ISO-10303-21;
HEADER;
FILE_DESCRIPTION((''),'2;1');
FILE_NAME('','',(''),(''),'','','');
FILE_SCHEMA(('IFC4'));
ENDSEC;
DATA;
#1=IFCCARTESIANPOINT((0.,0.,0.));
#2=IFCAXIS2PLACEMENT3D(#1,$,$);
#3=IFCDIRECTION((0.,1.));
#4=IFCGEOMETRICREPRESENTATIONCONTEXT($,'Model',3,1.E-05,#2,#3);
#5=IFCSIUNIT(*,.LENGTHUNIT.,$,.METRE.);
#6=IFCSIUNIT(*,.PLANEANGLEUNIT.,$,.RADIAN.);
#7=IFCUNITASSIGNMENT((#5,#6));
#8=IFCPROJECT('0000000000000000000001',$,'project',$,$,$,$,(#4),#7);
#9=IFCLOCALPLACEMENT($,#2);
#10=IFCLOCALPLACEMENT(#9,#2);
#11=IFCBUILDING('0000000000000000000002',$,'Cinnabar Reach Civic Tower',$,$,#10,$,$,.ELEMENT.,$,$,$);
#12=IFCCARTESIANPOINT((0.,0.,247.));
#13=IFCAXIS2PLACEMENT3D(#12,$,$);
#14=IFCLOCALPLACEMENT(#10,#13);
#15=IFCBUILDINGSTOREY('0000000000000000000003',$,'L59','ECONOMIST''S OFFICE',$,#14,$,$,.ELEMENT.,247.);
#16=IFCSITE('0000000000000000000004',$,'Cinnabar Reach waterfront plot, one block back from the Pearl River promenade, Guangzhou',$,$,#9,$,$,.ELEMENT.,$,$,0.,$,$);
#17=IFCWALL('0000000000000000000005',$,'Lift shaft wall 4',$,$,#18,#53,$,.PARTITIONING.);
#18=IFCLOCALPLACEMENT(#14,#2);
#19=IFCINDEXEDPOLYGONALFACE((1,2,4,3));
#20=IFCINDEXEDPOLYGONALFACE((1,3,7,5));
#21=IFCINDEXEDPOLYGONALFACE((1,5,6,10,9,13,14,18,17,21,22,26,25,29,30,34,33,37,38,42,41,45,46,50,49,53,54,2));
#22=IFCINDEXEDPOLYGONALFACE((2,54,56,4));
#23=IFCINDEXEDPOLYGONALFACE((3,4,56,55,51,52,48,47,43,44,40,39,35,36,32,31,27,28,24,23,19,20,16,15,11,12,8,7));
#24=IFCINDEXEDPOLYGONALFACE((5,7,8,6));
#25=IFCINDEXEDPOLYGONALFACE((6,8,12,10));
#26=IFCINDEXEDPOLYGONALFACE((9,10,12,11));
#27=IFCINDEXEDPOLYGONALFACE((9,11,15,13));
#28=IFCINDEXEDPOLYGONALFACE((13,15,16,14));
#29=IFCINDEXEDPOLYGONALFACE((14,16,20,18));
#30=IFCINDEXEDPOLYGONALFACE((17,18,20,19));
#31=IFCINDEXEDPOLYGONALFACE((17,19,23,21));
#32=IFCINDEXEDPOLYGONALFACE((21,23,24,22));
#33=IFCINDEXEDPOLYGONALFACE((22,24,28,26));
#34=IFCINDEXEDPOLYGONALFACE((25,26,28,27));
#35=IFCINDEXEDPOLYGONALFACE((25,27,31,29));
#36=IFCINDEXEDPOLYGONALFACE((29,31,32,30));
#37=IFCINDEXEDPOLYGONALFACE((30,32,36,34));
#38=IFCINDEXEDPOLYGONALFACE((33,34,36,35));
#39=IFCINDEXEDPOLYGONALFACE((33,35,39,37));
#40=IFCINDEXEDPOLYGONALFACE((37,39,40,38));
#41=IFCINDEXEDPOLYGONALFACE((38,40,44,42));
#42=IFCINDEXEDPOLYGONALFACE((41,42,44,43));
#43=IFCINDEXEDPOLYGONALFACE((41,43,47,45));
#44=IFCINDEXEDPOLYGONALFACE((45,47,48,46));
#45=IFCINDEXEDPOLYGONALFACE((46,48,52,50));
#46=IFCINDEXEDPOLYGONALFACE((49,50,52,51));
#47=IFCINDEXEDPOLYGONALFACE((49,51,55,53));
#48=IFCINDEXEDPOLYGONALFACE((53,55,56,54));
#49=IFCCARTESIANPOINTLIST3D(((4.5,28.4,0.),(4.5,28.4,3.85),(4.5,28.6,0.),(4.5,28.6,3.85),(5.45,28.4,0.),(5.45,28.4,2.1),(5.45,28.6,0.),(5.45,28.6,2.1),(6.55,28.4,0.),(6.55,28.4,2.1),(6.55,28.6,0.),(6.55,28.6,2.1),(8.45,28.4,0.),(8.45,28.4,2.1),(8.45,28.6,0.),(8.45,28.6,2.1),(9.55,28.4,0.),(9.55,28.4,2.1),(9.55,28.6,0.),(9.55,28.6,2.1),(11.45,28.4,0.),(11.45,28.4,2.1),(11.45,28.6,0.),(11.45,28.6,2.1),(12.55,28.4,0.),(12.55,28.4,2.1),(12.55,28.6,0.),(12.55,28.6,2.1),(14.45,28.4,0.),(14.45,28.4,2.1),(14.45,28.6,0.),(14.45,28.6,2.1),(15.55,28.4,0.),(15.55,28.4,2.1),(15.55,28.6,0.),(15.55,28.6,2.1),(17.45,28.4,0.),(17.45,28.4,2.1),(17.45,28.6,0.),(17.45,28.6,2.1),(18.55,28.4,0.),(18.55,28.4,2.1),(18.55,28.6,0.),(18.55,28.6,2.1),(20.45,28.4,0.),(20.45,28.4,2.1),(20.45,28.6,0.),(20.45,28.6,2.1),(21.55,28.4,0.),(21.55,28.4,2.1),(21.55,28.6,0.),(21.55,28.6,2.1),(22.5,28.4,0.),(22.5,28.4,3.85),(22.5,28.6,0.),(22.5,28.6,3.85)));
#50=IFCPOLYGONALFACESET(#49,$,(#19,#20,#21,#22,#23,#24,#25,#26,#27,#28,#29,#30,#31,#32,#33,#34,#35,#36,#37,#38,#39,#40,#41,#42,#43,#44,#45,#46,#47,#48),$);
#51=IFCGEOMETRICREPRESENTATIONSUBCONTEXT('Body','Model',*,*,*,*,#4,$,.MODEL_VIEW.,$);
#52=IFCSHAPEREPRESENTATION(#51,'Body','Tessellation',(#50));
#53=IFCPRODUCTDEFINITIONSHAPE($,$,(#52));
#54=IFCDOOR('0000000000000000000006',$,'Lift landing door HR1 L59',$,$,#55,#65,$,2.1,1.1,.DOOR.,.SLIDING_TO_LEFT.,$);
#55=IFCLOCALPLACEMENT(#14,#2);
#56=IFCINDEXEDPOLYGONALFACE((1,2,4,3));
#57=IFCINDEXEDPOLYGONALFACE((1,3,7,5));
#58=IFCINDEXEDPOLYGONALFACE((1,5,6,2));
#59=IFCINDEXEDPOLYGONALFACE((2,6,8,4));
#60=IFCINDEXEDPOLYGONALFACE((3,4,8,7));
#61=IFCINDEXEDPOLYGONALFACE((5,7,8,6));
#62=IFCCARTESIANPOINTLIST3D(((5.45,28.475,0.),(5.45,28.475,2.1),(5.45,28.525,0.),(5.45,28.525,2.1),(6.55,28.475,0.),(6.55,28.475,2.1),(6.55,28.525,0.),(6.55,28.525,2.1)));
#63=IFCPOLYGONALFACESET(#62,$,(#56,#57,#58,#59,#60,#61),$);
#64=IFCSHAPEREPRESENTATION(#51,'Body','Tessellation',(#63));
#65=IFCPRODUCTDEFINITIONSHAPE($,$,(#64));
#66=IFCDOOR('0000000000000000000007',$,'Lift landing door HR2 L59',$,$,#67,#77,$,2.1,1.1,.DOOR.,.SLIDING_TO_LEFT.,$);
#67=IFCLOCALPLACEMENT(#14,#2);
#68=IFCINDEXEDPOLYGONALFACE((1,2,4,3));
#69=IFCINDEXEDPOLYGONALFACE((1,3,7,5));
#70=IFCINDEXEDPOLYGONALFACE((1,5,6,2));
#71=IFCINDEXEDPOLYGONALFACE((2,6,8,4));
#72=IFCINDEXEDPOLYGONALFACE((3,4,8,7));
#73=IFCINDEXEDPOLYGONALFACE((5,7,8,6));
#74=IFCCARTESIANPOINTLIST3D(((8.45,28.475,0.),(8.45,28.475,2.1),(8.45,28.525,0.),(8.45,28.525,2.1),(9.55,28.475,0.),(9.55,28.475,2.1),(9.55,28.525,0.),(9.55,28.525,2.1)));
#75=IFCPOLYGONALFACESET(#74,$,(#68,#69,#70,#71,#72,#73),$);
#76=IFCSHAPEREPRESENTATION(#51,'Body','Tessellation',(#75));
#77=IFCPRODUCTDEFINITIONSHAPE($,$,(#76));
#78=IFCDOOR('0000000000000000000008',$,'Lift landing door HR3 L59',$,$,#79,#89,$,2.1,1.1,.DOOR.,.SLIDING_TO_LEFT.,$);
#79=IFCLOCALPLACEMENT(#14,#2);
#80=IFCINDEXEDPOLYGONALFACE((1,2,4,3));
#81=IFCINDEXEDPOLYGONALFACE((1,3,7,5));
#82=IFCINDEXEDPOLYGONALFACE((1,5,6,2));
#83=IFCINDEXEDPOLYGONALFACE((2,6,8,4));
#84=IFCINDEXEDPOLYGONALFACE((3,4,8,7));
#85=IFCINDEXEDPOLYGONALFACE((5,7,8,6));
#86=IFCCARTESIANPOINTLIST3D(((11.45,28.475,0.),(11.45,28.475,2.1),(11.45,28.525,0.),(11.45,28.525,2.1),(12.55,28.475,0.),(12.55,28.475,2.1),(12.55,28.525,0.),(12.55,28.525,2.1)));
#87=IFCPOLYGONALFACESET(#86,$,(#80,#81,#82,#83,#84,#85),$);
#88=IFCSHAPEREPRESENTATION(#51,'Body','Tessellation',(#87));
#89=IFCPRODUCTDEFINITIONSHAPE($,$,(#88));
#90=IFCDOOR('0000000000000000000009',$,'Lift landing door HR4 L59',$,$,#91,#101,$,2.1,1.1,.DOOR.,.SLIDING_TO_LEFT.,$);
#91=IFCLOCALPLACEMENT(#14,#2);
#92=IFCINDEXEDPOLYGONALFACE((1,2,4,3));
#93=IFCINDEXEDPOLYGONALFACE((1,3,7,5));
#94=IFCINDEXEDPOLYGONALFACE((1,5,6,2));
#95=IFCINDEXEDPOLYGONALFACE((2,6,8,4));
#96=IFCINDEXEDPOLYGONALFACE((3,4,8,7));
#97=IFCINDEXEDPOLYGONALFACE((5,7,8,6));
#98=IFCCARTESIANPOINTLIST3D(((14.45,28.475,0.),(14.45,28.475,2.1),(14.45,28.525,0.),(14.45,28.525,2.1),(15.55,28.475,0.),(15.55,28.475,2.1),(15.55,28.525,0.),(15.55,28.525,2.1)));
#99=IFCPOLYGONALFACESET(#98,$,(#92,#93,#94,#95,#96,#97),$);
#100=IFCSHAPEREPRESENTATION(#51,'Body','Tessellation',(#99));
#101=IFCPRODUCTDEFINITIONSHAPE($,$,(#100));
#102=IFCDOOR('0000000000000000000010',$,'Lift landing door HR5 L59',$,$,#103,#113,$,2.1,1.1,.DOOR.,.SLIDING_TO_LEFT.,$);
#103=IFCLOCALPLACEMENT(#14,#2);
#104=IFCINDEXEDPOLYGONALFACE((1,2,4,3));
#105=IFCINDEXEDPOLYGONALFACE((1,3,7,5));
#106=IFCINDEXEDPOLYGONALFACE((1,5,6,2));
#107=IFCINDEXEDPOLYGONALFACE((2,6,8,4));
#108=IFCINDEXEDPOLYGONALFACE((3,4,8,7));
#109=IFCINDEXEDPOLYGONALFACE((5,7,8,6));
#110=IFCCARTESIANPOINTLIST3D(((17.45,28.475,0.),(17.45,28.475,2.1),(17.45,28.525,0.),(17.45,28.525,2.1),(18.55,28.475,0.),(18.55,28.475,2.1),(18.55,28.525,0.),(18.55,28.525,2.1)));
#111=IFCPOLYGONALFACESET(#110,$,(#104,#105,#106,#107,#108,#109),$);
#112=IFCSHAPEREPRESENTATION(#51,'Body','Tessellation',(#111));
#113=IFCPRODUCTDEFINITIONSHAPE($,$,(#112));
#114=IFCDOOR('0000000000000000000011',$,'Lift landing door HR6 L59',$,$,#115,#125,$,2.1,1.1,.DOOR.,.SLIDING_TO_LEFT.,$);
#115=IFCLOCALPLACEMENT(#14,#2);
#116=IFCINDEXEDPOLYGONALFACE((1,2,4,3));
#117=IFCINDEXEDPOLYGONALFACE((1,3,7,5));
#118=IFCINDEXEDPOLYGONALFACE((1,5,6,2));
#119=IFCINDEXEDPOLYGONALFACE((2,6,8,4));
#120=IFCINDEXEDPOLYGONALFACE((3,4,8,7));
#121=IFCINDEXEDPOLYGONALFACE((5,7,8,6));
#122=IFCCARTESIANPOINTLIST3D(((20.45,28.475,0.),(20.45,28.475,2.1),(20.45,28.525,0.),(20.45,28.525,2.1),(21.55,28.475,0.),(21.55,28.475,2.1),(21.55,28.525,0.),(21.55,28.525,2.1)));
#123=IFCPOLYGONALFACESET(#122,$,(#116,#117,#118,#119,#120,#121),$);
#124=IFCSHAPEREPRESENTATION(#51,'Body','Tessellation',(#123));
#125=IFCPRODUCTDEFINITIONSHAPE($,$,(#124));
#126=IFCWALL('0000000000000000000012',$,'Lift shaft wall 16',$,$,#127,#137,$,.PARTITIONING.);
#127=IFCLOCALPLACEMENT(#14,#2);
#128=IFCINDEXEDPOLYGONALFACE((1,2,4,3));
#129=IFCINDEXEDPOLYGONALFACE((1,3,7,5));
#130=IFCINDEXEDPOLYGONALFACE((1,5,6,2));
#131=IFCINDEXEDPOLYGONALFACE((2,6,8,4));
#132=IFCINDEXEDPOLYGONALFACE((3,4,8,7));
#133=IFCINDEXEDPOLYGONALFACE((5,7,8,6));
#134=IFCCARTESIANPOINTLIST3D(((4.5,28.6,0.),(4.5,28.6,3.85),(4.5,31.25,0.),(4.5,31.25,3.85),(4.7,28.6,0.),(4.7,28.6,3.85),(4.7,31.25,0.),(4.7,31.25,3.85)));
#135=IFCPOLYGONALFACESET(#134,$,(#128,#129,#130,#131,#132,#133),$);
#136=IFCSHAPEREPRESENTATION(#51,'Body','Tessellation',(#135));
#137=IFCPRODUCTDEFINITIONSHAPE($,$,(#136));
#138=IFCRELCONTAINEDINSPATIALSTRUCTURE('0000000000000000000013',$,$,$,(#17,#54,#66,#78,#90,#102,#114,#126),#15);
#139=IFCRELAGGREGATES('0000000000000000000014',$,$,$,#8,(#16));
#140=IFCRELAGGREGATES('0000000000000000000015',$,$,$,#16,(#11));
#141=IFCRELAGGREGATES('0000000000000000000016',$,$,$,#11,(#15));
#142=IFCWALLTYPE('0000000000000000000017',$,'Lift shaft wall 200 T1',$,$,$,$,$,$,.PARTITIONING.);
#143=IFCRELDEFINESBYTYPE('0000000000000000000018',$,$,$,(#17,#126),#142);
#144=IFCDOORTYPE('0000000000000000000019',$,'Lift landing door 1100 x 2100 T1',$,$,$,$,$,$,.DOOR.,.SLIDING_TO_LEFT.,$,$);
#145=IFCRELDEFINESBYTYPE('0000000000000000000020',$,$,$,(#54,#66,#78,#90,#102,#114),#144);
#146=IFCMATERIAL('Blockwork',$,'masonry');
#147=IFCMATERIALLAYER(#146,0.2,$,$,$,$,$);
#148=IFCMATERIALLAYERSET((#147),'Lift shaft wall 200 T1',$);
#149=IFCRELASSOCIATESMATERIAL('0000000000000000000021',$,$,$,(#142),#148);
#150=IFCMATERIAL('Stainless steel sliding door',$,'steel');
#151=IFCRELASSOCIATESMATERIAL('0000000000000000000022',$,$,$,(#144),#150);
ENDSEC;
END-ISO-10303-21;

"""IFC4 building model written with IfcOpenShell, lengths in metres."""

from ifc_helpers import new_model, si_unit, direction, frame, frame_2d, origin, place, context, subcontext, project, spatial, rectangle, extrude, material, layer, layer_set, type_object, element, fill, save


model = new_model("IFC4")

# Units and contexts
model_context = context("Model", 3, precision=1e-05, world=origin(), true_north=direction((0.0, 1.0)))
body_context = subcontext(model_context, "Body", "Model", "MODEL_VIEW")
ifc_project = project(units=[si_unit("LENGTHUNIT", "METRE"), si_unit("PLANEANGLEUNIT", "RADIAN")], contexts=[model_context])

# Site, building, storey
site_placement = place(None, origin())
site = spatial("IfcSite", under=ifc_project, at=site_placement, Name="Cinnabar Reach waterfront plot, one block back from the Pearl River promenade, Guangzhou", CompositionType="ELEMENT", RefElevation=0.0)
building_placement = place(site_placement, origin())
building = spatial("IfcBuilding", under=site, at=building_placement, Name="Cinnabar Reach Civic Tower", CompositionType="ELEMENT")
storey_placement = place(building_placement, frame((0.0, 0.0, 247.0)))
storey = spatial("IfcBuildingStorey", under=building, at=storey_placement, Name="L59", Description="ECONOMIST'S OFFICE", CompositionType="ELEMENT", Elevation=247.0)

# Wall, openings, doors
ifc_material_1 = material(Name="Blockwork", Category="masonry")
ifc_layer_1 = layer(ifc_material_1, 0.2)
ifc_layer_set_1 = layer_set([ifc_layer_1], Name="Lift shaft wall 200 T1")
wall_type_1 = type_object("IfcWallType", Name="Lift shaft wall 200 T1", PredefinedType="PARTITIONING", material=ifc_layer_set_1)
wall_1_placement = place(storey_placement, frame((4.5, 28.5, 0.0), z_axis=(0.0, 0.0, 1.0), x_axis=(1.0, 0.0, 0.0)))
wall_1 = element("IfcWall", 1, at=wall_1_placement, inside=storey, type_object=wall_type_1, Name="Lift shaft wall 4", PredefinedType="PARTITIONING", context=body_context, shape_type="SweptSolid", body=[
    extrude(rectangle(XDim=18.0, YDim=0.2, at=frame_2d((9.0, 0.0))), origin(), (0.0, 0.0, 1.0), 3.85),
])
opening_1_placement = place(wall_1_placement, frame((0.95, 0.0, 0.0)))
opening_1 = element("IfcOpeningElement", 2, at=opening_1_placement, cuts=wall_1, PredefinedType="OPENING", context=body_context, shape_type="SweptSolid", body=[
    extrude(rectangle(XDim=1.1, YDim=2.1, at=frame_2d((0.55, 1.05))), frame((0.0, 0.11, 0.0), z_axis=(0.0, -1.0, 0.0), x_axis=(1.0, 0.0, 0.0)), (0.0, 0.0, 1.0), 0.22),
])
opening_2_placement = place(wall_1_placement, frame((3.95, 0.0, 0.0)))
opening_2 = element("IfcOpeningElement", 3, at=opening_2_placement, cuts=wall_1, PredefinedType="OPENING", context=body_context, shape_type="SweptSolid", body=[
    extrude(rectangle(XDim=1.1, YDim=2.1, at=frame_2d((0.55, 1.05))), frame((0.0, 0.11, 0.0), z_axis=(0.0, -1.0, 0.0), x_axis=(1.0, 0.0, 0.0)), (0.0, 0.0, 1.0), 0.22),
])
opening_3_placement = place(wall_1_placement, frame((6.95, 0.0, 0.0)))
opening_3 = element("IfcOpeningElement", 4, at=opening_3_placement, cuts=wall_1, PredefinedType="OPENING", context=body_context, shape_type="SweptSolid", body=[
    extrude(rectangle(XDim=1.1, YDim=2.1, at=frame_2d((0.55, 1.05))), frame((0.0, 0.11, 0.0), z_axis=(0.0, -1.0, 0.0), x_axis=(1.0, 0.0, 0.0)), (0.0, 0.0, 1.0), 0.22),
])
opening_4_placement = place(wall_1_placement, frame((9.95, 0.0, 0.0)))
opening_4 = element("IfcOpeningElement", 5, at=opening_4_placement, cuts=wall_1, PredefinedType="OPENING", context=body_context, shape_type="SweptSolid", body=[
    extrude(rectangle(XDim=1.1, YDim=2.1, at=frame_2d((0.55, 1.05))), frame((0.0, 0.11, 0.0), z_axis=(0.0, -1.0, 0.0), x_axis=(1.0, 0.0, 0.0)), (0.0, 0.0, 1.0), 0.22),
])
opening_5_placement = place(wall_1_placement, frame((12.95, 0.0, 0.0)))
opening_5 = element("IfcOpeningElement", 6, at=opening_5_placement, cuts=wall_1, PredefinedType="OPENING", context=body_context, shape_type="SweptSolid", body=[
    extrude(rectangle(XDim=1.1, YDim=2.1, at=frame_2d((0.55, 1.05))), frame((0.0, 0.11, 0.0), z_axis=(0.0, -1.0, 0.0), x_axis=(1.0, 0.0, 0.0)), (0.0, 0.0, 1.0), 0.22),
])
opening_6_placement = place(wall_1_placement, frame((15.95, 0.0, 0.0)))
opening_6 = element("IfcOpeningElement", 7, at=opening_6_placement, cuts=wall_1, PredefinedType="OPENING", context=body_context, shape_type="SweptSolid", body=[
    extrude(rectangle(XDim=1.1, YDim=2.1, at=frame_2d((0.55, 1.05))), frame((0.0, 0.11, 0.0), z_axis=(0.0, -1.0, 0.0), x_axis=(1.0, 0.0, 0.0)), (0.0, 0.0, 1.0), 0.22),
])
ifc_material_2 = material(Name="Stainless steel sliding door", Category="steel")
door_type_1 = type_object("IfcDoorType", Name="Lift landing door 1100 x 2100 T1", OperationType="SLIDING_TO_LEFT", PredefinedType="DOOR", material=ifc_material_2)
door_1_placement = place(opening_1_placement, origin())
door_1 = element("IfcDoor", 8, at=door_1_placement, inside=storey, type_object=door_type_1, Name="Lift landing door HR1 L59", OperationType="SLIDING_TO_LEFT", OverallHeight=2.1, OverallWidth=1.1, PredefinedType="DOOR", context=body_context, shape_type="SweptSolid", body=[
    extrude(rectangle(XDim=1.1, YDim=2.1, at=frame_2d((0.55, 1.05))), frame((0.0, 0.025, 0.0), z_axis=(0.0, -1.0, 0.0), x_axis=(1.0, 0.0, 0.0)), (0.0, 0.0, 1.0), 0.05),
])
fill(opening_1, door_1)
door_2_placement = place(opening_2_placement, origin())
door_2 = element("IfcDoor", 9, at=door_2_placement, inside=storey, type_object=door_type_1, Name="Lift landing door HR2 L59", OperationType="SLIDING_TO_LEFT", OverallHeight=2.1, OverallWidth=1.1, PredefinedType="DOOR", context=body_context, shape_type="SweptSolid", body=[
    extrude(rectangle(XDim=1.1, YDim=2.1, at=frame_2d((0.55, 1.05))), frame((0.0, 0.025, 0.0), z_axis=(0.0, -1.0, 0.0), x_axis=(1.0, 0.0, 0.0)), (0.0, 0.0, 1.0), 0.05),
])
fill(opening_2, door_2)
door_3_placement = place(opening_3_placement, origin())
door_3 = element("IfcDoor", 10, at=door_3_placement, inside=storey, type_object=door_type_1, Name="Lift landing door HR3 L59", OperationType="SLIDING_TO_LEFT", OverallHeight=2.1, OverallWidth=1.1, PredefinedType="DOOR", context=body_context, shape_type="SweptSolid", body=[
    extrude(rectangle(XDim=1.1, YDim=2.1, at=frame_2d((0.55, 1.05))), frame((0.0, 0.025, 0.0), z_axis=(0.0, -1.0, 0.0), x_axis=(1.0, 0.0, 0.0)), (0.0, 0.0, 1.0), 0.05),
])
fill(opening_3, door_3)
door_4_placement = place(opening_4_placement, origin())
door_4 = element("IfcDoor", 11, at=door_4_placement, inside=storey, type_object=door_type_1, Name="Lift landing door HR4 L59", OperationType="SLIDING_TO_LEFT", OverallHeight=2.1, OverallWidth=1.1, PredefinedType="DOOR", context=body_context, shape_type="SweptSolid", body=[
    extrude(rectangle(XDim=1.1, YDim=2.1, at=frame_2d((0.55, 1.05))), frame((0.0, 0.025, 0.0), z_axis=(0.0, -1.0, 0.0), x_axis=(1.0, 0.0, 0.0)), (0.0, 0.0, 1.0), 0.05),
])
fill(opening_4, door_4)
door_5_placement = place(opening_5_placement, origin())
door_5 = element("IfcDoor", 12, at=door_5_placement, inside=storey, type_object=door_type_1, Name="Lift landing door HR5 L59", OperationType="SLIDING_TO_LEFT", OverallHeight=2.1, OverallWidth=1.1, PredefinedType="DOOR", context=body_context, shape_type="SweptSolid", body=[
    extrude(rectangle(XDim=1.1, YDim=2.1, at=frame_2d((0.55, 1.05))), frame((0.0, 0.025, 0.0), z_axis=(0.0, -1.0, 0.0), x_axis=(1.0, 0.0, 0.0)), (0.0, 0.0, 1.0), 0.05),
])
fill(opening_5, door_5)
door_6_placement = place(opening_6_placement, origin())
door_6 = element("IfcDoor", 13, at=door_6_placement, inside=storey, type_object=door_type_1, Name="Lift landing door HR6 L59", OperationType="SLIDING_TO_LEFT", OverallHeight=2.1, OverallWidth=1.1, PredefinedType="DOOR", context=body_context, shape_type="SweptSolid", body=[
    extrude(rectangle(XDim=1.1, YDim=2.1, at=frame_2d((0.55, 1.05))), frame((0.0, 0.025, 0.0), z_axis=(0.0, -1.0, 0.0), x_axis=(1.0, 0.0, 0.0)), (0.0, 0.0, 1.0), 0.05),
])
fill(opening_6, door_6)

# Wall
wall_2_placement = place(storey_placement, frame((4.6, 28.6, 0.0), z_axis=(0.0, 0.0, 1.0), x_axis=(0.0, 1.0, 0.0)))
element("IfcWall", 14, at=wall_2_placement, inside=storey, type_object=wall_type_1, Name="Lift shaft wall 16", PredefinedType="PARTITIONING", context=body_context, shape_type="SweptSolid", body=[
    extrude(rectangle(XDim=2.65, YDim=0.2, at=frame_2d((1.325, 0.0))), origin(), (0.0, 0.0, 1.0), 3.85),
])

save(model, "model.ifc")
